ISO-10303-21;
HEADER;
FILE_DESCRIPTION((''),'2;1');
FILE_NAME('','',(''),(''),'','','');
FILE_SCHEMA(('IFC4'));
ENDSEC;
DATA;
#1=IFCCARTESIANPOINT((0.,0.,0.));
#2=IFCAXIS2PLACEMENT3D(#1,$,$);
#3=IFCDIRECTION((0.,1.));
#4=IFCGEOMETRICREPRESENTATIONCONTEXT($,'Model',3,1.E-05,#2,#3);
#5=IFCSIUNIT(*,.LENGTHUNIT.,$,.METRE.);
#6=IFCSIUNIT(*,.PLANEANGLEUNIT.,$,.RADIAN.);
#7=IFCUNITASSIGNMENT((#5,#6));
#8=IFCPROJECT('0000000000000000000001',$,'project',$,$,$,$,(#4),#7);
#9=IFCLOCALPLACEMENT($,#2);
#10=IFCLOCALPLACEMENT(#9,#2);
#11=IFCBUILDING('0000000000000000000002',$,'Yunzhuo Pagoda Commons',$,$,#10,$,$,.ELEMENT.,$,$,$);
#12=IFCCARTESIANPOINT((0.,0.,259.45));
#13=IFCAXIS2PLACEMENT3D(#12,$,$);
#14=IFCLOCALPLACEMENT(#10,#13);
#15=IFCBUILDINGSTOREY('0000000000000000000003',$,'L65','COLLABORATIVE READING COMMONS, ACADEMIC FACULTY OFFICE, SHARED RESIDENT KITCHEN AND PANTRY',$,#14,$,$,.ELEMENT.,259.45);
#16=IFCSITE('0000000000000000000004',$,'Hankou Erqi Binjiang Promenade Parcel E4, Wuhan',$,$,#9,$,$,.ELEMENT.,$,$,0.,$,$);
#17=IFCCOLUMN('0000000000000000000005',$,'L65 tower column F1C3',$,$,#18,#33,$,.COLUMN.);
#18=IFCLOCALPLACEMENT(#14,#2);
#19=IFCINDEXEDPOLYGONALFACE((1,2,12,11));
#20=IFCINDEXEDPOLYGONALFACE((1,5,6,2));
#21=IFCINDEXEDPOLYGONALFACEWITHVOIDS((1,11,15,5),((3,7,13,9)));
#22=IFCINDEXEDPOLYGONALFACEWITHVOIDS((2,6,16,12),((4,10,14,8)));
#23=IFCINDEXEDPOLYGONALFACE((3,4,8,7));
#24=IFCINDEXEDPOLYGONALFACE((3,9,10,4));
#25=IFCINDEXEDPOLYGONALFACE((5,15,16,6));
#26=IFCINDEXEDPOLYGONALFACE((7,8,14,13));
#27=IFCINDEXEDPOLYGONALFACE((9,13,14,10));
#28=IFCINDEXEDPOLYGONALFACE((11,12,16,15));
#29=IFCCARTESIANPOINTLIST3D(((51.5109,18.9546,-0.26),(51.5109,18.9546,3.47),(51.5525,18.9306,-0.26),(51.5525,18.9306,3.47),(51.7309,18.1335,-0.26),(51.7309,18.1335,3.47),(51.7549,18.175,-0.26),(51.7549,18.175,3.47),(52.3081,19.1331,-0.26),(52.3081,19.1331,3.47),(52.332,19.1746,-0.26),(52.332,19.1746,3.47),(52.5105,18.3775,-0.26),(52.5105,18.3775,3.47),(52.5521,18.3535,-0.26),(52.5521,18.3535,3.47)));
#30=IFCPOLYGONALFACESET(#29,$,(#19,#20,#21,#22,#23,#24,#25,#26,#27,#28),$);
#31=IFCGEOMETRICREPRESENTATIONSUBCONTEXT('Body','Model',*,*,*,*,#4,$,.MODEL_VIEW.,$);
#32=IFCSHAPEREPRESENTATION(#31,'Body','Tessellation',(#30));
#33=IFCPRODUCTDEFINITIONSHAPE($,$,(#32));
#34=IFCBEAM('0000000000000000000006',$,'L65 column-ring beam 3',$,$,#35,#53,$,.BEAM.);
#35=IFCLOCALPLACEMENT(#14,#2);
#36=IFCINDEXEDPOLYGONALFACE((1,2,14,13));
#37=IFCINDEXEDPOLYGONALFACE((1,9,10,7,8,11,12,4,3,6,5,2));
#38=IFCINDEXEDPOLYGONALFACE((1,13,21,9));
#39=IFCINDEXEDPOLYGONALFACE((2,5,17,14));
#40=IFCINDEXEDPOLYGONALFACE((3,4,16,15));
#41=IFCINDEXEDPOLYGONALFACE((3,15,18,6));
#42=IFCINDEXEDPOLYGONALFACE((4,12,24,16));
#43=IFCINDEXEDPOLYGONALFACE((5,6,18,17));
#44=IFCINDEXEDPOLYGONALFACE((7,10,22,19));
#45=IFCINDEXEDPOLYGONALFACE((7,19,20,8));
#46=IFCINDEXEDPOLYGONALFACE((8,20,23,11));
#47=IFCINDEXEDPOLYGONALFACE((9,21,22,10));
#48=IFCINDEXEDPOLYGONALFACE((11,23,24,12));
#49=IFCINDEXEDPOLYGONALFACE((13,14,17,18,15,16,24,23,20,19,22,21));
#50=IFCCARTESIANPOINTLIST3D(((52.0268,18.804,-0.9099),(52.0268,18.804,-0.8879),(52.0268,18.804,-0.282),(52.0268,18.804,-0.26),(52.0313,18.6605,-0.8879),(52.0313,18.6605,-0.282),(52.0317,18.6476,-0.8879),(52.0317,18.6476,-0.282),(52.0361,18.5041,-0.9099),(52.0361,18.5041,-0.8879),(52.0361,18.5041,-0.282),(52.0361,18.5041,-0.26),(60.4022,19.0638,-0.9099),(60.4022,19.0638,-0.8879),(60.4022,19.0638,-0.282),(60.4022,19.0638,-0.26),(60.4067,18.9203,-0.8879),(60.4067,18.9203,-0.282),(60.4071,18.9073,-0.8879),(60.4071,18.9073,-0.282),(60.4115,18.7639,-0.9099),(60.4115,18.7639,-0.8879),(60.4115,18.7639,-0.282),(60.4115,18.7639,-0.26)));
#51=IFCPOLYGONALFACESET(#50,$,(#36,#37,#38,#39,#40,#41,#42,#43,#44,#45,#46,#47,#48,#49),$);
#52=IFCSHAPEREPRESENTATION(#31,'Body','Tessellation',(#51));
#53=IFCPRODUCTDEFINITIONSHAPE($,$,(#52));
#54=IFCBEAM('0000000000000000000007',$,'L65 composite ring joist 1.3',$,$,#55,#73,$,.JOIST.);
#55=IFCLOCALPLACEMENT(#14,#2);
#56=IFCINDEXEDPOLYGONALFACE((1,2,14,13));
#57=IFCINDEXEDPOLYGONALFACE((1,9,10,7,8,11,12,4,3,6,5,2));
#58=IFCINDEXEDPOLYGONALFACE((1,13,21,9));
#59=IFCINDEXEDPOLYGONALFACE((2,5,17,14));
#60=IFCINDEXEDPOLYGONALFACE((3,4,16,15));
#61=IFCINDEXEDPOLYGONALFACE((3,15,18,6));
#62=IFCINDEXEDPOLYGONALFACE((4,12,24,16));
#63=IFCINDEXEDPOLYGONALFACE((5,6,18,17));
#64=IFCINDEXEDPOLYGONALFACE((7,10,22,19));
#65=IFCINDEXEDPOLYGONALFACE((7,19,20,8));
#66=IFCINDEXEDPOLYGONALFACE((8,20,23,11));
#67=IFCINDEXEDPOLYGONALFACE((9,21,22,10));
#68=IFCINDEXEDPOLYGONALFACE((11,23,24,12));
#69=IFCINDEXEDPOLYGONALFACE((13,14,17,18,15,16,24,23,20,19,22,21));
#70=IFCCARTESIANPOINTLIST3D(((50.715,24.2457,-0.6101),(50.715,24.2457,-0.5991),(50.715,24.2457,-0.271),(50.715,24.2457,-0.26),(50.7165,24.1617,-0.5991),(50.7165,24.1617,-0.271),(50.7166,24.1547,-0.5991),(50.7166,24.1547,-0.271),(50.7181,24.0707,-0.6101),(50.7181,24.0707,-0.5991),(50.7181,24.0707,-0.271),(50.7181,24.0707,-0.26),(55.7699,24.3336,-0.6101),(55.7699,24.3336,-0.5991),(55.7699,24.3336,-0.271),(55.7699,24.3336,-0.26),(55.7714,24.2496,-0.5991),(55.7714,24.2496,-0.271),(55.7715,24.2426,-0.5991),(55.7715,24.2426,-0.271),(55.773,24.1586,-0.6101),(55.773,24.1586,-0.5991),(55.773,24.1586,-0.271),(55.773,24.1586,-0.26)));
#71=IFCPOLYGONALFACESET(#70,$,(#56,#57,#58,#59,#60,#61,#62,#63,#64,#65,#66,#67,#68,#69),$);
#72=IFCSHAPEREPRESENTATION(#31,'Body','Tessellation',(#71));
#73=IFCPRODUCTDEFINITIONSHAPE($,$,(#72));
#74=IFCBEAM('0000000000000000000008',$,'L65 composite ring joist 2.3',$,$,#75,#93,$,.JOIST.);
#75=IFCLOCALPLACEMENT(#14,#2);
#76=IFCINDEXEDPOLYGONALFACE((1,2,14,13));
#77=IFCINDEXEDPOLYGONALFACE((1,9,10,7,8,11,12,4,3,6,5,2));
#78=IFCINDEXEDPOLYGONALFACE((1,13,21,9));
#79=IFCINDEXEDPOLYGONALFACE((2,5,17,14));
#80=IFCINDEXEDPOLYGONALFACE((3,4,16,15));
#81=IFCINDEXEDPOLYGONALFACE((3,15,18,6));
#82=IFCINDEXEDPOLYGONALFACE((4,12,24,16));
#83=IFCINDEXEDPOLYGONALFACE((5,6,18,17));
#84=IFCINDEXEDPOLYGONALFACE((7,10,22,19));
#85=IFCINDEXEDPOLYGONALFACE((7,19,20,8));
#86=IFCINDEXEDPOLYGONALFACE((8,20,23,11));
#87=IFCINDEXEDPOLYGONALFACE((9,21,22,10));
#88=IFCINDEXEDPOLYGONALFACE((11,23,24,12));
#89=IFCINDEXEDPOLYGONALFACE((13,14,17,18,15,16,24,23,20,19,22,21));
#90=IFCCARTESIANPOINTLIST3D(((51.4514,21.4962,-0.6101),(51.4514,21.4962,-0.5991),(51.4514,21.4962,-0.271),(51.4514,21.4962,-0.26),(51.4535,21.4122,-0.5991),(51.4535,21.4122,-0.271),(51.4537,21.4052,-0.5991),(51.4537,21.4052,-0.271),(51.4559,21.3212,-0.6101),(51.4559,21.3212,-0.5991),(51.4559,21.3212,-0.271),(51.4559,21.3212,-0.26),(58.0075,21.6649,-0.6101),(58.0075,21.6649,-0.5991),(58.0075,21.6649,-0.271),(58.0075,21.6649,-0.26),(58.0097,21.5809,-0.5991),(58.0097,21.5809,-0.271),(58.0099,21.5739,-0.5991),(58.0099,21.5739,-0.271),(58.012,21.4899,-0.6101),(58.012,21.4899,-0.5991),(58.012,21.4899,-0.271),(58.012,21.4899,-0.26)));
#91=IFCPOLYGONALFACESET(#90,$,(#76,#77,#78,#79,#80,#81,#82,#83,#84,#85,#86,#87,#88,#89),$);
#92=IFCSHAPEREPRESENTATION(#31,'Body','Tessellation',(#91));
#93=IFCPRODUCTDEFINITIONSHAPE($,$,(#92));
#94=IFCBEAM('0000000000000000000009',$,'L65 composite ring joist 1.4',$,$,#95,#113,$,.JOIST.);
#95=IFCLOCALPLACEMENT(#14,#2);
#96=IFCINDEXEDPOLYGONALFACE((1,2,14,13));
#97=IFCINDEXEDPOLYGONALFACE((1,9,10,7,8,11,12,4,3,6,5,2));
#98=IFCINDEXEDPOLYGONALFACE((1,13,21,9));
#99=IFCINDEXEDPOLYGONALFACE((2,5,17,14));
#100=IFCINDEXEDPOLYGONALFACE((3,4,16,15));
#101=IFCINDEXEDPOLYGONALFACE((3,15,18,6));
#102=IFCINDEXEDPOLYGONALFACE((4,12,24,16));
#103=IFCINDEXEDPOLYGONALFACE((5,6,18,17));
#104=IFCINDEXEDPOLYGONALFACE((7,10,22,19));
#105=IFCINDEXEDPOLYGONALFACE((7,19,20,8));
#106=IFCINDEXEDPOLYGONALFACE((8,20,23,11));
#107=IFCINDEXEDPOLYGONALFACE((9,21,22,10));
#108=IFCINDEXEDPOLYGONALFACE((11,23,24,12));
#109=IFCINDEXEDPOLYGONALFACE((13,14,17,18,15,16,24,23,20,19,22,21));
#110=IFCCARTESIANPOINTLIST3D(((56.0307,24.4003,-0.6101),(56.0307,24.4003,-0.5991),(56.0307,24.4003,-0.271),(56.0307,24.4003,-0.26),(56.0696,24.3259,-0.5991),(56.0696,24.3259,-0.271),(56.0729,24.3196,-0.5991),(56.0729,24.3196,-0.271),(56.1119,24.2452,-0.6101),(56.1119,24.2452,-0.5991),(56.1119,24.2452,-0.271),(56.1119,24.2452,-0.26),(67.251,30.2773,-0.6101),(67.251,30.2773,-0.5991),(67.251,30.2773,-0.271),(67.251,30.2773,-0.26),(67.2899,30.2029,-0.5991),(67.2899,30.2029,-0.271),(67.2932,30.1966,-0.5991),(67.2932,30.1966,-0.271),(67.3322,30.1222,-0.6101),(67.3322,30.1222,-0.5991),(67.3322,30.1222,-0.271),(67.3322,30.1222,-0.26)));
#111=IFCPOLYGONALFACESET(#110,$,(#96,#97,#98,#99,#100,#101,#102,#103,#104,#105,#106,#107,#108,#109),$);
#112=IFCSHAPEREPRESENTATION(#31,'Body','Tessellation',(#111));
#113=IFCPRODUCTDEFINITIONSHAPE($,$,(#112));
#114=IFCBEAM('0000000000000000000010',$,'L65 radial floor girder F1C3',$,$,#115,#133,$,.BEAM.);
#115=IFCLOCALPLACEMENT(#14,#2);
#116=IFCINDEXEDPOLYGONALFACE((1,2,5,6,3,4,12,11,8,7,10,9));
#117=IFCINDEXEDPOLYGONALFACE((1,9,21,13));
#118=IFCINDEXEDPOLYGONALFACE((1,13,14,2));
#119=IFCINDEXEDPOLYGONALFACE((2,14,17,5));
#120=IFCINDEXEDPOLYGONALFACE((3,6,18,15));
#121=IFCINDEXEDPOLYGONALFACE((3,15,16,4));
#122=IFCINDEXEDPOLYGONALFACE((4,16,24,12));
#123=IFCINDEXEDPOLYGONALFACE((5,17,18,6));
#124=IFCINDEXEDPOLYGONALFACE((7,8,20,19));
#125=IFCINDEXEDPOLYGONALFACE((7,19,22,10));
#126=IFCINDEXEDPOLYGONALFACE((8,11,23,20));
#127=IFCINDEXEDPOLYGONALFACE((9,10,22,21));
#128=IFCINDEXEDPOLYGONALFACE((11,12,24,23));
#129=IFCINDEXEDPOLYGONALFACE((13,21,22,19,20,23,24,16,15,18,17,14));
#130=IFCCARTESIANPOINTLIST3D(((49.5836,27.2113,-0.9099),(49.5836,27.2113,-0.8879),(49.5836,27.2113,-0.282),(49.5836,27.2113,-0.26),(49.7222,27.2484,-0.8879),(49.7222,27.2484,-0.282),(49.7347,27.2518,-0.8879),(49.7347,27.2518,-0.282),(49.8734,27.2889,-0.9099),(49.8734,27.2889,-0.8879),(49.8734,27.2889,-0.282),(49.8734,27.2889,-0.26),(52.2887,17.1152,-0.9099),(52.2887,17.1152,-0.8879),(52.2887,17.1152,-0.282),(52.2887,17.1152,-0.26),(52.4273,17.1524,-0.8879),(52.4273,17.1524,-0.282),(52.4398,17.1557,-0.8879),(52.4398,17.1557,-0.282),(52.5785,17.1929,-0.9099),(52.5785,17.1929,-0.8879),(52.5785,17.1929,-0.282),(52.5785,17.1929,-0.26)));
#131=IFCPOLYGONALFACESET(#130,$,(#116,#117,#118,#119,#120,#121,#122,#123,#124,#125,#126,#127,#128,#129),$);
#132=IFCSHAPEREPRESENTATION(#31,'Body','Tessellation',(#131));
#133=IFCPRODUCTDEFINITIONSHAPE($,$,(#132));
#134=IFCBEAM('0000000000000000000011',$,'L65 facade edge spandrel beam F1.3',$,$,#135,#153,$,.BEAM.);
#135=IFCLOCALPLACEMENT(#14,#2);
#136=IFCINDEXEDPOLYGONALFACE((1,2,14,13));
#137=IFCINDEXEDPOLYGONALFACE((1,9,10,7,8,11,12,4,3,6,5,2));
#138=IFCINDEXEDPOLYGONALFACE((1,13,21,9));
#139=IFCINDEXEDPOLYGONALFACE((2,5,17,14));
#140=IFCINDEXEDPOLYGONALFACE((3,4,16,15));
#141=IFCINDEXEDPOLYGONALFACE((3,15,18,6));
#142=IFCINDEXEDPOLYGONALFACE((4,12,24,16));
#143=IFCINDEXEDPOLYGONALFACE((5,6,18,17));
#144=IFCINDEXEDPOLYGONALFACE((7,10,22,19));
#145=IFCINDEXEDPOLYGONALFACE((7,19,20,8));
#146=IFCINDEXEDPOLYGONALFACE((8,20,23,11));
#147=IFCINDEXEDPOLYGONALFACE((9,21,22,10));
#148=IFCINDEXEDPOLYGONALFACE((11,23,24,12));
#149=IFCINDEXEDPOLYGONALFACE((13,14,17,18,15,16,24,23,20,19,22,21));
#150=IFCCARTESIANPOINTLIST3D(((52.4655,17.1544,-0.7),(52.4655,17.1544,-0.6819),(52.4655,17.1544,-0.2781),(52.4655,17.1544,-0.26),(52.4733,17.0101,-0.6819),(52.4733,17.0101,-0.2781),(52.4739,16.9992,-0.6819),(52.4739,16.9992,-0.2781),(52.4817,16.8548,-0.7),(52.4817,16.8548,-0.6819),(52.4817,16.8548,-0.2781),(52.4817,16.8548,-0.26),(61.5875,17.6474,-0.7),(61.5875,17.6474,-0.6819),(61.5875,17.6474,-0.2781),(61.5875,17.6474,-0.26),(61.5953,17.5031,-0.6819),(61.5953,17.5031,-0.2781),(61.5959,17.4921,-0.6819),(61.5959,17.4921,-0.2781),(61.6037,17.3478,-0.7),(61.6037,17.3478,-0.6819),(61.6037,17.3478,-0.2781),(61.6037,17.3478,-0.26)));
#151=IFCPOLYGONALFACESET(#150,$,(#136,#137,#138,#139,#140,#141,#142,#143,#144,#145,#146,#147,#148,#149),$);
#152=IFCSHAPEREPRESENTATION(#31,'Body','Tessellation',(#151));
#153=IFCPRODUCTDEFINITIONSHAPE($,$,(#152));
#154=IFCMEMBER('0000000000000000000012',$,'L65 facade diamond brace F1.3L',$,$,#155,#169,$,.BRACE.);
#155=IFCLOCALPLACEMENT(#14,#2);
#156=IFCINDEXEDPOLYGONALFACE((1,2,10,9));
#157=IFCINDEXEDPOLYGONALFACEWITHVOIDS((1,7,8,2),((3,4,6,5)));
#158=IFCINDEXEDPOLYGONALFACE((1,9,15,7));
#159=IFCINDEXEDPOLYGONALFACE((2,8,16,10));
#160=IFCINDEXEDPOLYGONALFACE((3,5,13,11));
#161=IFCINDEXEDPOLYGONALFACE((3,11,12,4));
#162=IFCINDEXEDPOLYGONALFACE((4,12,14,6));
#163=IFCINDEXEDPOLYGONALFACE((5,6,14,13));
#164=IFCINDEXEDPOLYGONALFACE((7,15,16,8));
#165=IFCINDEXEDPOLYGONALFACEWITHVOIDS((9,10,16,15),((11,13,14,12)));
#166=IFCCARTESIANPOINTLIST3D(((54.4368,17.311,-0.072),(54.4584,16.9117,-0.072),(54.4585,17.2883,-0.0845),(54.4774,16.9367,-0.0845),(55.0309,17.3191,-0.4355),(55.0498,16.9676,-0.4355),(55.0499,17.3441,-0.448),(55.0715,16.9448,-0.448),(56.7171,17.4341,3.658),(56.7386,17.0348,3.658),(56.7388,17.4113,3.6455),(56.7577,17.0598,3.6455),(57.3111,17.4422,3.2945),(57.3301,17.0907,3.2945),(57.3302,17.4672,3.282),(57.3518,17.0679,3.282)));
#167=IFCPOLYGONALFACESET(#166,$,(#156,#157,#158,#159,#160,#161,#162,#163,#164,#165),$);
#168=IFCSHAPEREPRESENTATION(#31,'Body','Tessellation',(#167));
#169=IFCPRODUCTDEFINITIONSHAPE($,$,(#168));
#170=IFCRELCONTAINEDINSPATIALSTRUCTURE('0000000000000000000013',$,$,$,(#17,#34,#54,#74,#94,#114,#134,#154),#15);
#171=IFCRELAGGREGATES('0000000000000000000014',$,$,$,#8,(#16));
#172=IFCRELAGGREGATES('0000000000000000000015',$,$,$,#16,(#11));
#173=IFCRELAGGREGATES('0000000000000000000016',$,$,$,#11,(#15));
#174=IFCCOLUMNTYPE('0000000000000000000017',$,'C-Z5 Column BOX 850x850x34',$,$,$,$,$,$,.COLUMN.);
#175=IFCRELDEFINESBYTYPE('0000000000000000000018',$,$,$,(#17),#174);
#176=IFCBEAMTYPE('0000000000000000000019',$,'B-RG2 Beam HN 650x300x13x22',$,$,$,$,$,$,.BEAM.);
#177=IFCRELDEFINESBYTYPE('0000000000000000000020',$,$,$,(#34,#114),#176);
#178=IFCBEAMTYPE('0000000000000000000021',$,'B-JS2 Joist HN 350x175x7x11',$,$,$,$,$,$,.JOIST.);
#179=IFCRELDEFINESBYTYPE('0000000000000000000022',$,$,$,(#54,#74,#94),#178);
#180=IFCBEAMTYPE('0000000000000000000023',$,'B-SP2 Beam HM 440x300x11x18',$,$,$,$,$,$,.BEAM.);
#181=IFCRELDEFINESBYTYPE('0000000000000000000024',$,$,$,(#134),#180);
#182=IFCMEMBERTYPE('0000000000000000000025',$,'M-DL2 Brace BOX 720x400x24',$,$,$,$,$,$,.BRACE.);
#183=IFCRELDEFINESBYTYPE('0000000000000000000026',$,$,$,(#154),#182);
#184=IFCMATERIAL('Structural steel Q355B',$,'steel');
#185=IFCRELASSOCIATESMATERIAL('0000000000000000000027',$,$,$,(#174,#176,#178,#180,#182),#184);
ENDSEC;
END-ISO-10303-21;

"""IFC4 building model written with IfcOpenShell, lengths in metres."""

from ifc_helpers import new_model, si_unit, direction, frame, origin, origin_2d, place, context, subcontext, project, spatial, hollow_rectangle, i_section, extrude, source, transform, mapped, material, material_profile, profile_set, type_object, element, save


model = new_model("IFC4")

# Units and contexts
model_context = context("Model", 3, precision=1e-05, world=origin(), true_north=direction((0.0, 1.0)))
body_context = subcontext(model_context, "Body", "Model", "MODEL_VIEW")
ifc_project = project(units=[si_unit("LENGTHUNIT", "METRE"), si_unit("PLANEANGLEUNIT", "RADIAN")], contexts=[model_context])

# Site, building, storey
site_placement = place(None, origin())
site = spatial("IfcSite", under=ifc_project, at=site_placement, Name="Hankou Erqi Binjiang Promenade Parcel E4, Wuhan", CompositionType="ELEMENT", RefElevation=0.0)
building_placement = place(site_placement, origin())
building = spatial("IfcBuilding", under=site, at=building_placement, Name="Yunzhuo Pagoda Commons", CompositionType="ELEMENT")
storey_placement = place(building_placement, frame((0.0, 0.0, 259.45)))
storey = spatial("IfcBuildingStorey", under=building, at=storey_placement, Name="L65", Description="COLLABORATIVE READING COMMONS, ACADEMIC FACULTY OFFICE, SHARED RESIDENT KITCHEN AND PANTRY", CompositionType="ELEMENT", Elevation=259.45)

# Column
ifc_material_1 = material(Name="Structural steel Q355B", Category="steel")
ifc_material_profile_1 = material_profile(ifc_material_1, hollow_rectangle(XDim=0.8501, YDim=0.8501, WallThickness=0.0339, at=origin_2d()), Name="Structural steel Q355B")
ifc_profile_set_1 = profile_set([ifc_material_profile_1], Name="Structural steel Q355B")
column_type = type_object("IfcColumnType", Name="C-Z5 Column BOX 850x850x34", PredefinedType="COLUMN", material=ifc_profile_set_1)
shared_shape_1 = source(origin(), body_context, "Body", "SweptSolid", [
    extrude(hollow_rectangle(XDim=0.8501, YDim=0.8501, WallThickness=0.0339, at=origin_2d()), origin(), (0.0, 0.0, 1.0), 3.73),
])
column_placement = place(storey_placement, frame((52.0315, 18.6541, -0.26), z_axis=(0.0, 0.0, 1.0), x_axis=(0.965926, 0.258819, 0.0)))
element("IfcColumn", 1, at=column_placement, inside=storey, type_object=column_type, Name="L65 tower column F1C3", PredefinedType="COLUMN", context=body_context, shape_type="MappedRepresentation", body=[
    mapped(shared_shape_1, transform((0.0, 0.0, 0.0), scale=1.0)),
])

# Beams
ifc_material_profile_2 = material_profile(ifc_material_1, i_section(OverallWidth=0.3, OverallDepth=0.6499, WebThickness=0.0129, FlangeThickness=0.022, at=origin_2d()), Name="Structural steel Q355B")
ifc_profile_set_2 = profile_set([ifc_material_profile_2], Name="Structural steel Q355B")
beam_type_1 = type_object("IfcBeamType", Name="B-RG2 Beam HN 650x300x13x22", PredefinedType="BEAM", material=ifc_profile_set_2)
shared_shape_2 = source(origin(), body_context, "Body", "SweptSolid", [
    extrude(i_section(OverallWidth=0.3, OverallDepth=0.6499, WebThickness=0.0129, FlangeThickness=0.022, at=origin_2d()), origin(), (0.0, 0.0, 1.0), 8.3794),
])
beam_1_placement = place(storey_placement, frame((52.0315, 18.6541, -0.585), z_axis=(0.999519, 0.031, 0.0), x_axis=(-0.031, 0.999519, 0.0)))
element("IfcBeam", 2, at=beam_1_placement, inside=storey, type_object=beam_type_1, Name="L65 column-ring beam 3", PredefinedType="BEAM", context=body_context, shape_type="MappedRepresentation", body=[
    mapped(shared_shape_2, transform((0.0, 0.0, 0.0), scale=1.0)),
])
ifc_material_profile_3 = material_profile(ifc_material_1, i_section(OverallWidth=0.175, OverallDepth=0.3501, WebThickness=0.0071, FlangeThickness=0.011, at=origin_2d()), Name="Structural steel Q355B")
ifc_profile_set_3 = profile_set([ifc_material_profile_3], Name="Structural steel Q355B")
beam_type_2 = type_object("IfcBeamType", Name="B-JS2 Joist HN 350x175x7x11", PredefinedType="JOIST", material=ifc_profile_set_3)
shared_shape_3 = source(origin(), body_context, "Body", "SweptSolid", [
    extrude(i_section(OverallWidth=0.175, OverallDepth=0.3501, WebThickness=0.0071, FlangeThickness=0.011, at=origin_2d()), origin(), (0.0, 0.0, 1.0), 5.0557),
])
beam_2_placement = place(storey_placement, frame((50.7166, 24.1582, -0.4351), z_axis=(0.999849, 0.017384, 0.0), x_axis=(-0.017384, 0.999849, 0.0)))
element("IfcBeam", 3, at=beam_2_placement, inside=storey, type_object=beam_type_2, Name="L65 composite ring joist 1.3", PredefinedType="JOIST", context=body_context, shape_type="MappedRepresentation", body=[
    mapped(shared_shape_3, transform((0.0, 0.0, 0.0), scale=1.0)),
])
shared_shape_4 = source(origin(), body_context, "Body", "SweptSolid", [
    extrude(i_section(OverallWidth=0.175, OverallDepth=0.3501, WebThickness=0.0071, FlangeThickness=0.011, at=origin_2d()), origin(), (0.0, 0.0, 1.0), 6.5583),
])
beam_3_placement = place(storey_placement, frame((51.4536, 21.4087, -0.4351), z_axis=(0.999669, 0.025723, 0.0), x_axis=(-0.025723, 0.999669, 0.0)))
element("IfcBeam", 4, at=beam_3_placement, inside=storey, type_object=beam_type_2, Name="L65 composite ring joist 2.3", PredefinedType="JOIST", context=body_context, shape_type="MappedRepresentation", body=[
    mapped(shared_shape_4, transform((0.0, 0.0, 0.0), scale=1.0)),
])
shared_shape_5 = source(origin(), body_context, "Body", "SweptSolid", [
    extrude(i_section(OverallWidth=0.175, OverallDepth=0.3501, WebThickness=0.0071, FlangeThickness=0.011, at=origin_2d()), origin(), (0.0, 0.0, 1.0), 12.6663),
])
beam_4_placement = place(storey_placement, frame((56.0713, 24.3228, -0.4351), z_axis=(0.885841, 0.463988, 0.0), x_axis=(-0.463988, 0.885841, 0.0)))
element("IfcBeam", 5, at=beam_4_placement, inside=storey, type_object=beam_type_2, Name="L65 composite ring joist 1.4", PredefinedType="JOIST", context=body_context, shape_type="MappedRepresentation", body=[
    mapped(shared_shape_5, transform((0.0, 0.0, 0.0), scale=1.0)),
])
shared_shape_6 = source(origin(), body_context, "Body", "SweptSolid", [
    extrude(i_section(OverallWidth=0.3, OverallDepth=0.6499, WebThickness=0.0129, FlangeThickness=0.022, at=origin_2d()), origin(), (0.0, 0.0, 1.0), 10.4521),
])
beam_5_placement = place(storey_placement, frame((52.4336, 17.1541, -0.585), z_axis=(-0.258808, 0.965929, 0.0), x_axis=(-0.965929, -0.258808, 0.0)))
element("IfcBeam", 6, at=beam_5_placement, inside=storey, type_object=beam_type_1, Name="L65 radial floor girder F1C3", PredefinedType="BEAM", context=body_context, shape_type="MappedRepresentation", body=[
    mapped(shared_shape_6, transform((0.0, 0.0, 0.0), scale=1.0)),
])
ifc_material_profile_4 = material_profile(ifc_material_1, i_section(OverallWidth=0.3, OverallDepth=0.4399, WebThickness=0.011, FlangeThickness=0.0181, at=origin_2d()), Name="Structural steel Q355B")
ifc_profile_set_4 = profile_set([ifc_material_profile_4], Name="Structural steel Q355B")
beam_type_3 = type_object("IfcBeamType", Name="B-SP2 Beam HM 440x300x11x18", PredefinedType="BEAM", material=ifc_profile_set_4)
shared_shape_7 = source(origin(), body_context, "Body", "SweptSolid", [
    extrude(i_section(OverallWidth=0.3, OverallDepth=0.4399, WebThickness=0.011, FlangeThickness=0.0181, at=origin_2d()), origin(), (0.0, 0.0, 1.0), 9.1353),
])
beam_6_placement = place(storey_placement, frame((52.4736, 17.0046, -0.48), z_axis=(0.998543, 0.053959, 0.0), x_axis=(-0.053959, 0.998543, 0.0)))
element("IfcBeam", 7, at=beam_6_placement, inside=storey, type_object=beam_type_3, Name="L65 facade edge spandrel beam F1.3", PredefinedType="BEAM", context=body_context, shape_type="MappedRepresentation", body=[
    mapped(shared_shape_7, transform((0.0, 0.0, 0.0), scale=1.0)),
])

# Member
ifc_material_profile_5 = material_profile(ifc_material_1, hollow_rectangle(XDim=0.3999, YDim=0.72, WallThickness=0.0239, at=origin_2d()), Name="Structural steel Q355B")
ifc_profile_set_5 = profile_set([ifc_material_profile_5], Name="Structural steel Q355B")
member_type_1 = type_object("IfcMemberType", Name="M-DL2 Brace BOX 720x400x24", PredefinedType="BRACE", material=ifc_profile_set_5)
shared_shape_8 = source(origin(), body_context, "Body", "SweptSolid", [
    extrude(hollow_rectangle(XDim=0.3999, YDim=0.72, WallThickness=0.0239, at=origin_2d()), origin(), (0.0, 0.0, 1.0), 4.3735),
])
member_1_placement = place(storey_placement, frame((54.7542, 17.1279, -0.26), z_axis=(0.521384, 0.028135, 0.852858), x_axis=(-0.053883, 0.998547, 0.0)))
element("IfcMember", 8, at=member_1_placement, inside=storey, type_object=member_type_1, Name="L65 facade diamond brace F1.3L", PredefinedType="BRACE", context=body_context, shape_type="MappedRepresentation", body=[
    mapped(shared_shape_8, transform((0.0, 0.0, 0.0), scale=1.0)),
])

save(model, "model.ifc")
